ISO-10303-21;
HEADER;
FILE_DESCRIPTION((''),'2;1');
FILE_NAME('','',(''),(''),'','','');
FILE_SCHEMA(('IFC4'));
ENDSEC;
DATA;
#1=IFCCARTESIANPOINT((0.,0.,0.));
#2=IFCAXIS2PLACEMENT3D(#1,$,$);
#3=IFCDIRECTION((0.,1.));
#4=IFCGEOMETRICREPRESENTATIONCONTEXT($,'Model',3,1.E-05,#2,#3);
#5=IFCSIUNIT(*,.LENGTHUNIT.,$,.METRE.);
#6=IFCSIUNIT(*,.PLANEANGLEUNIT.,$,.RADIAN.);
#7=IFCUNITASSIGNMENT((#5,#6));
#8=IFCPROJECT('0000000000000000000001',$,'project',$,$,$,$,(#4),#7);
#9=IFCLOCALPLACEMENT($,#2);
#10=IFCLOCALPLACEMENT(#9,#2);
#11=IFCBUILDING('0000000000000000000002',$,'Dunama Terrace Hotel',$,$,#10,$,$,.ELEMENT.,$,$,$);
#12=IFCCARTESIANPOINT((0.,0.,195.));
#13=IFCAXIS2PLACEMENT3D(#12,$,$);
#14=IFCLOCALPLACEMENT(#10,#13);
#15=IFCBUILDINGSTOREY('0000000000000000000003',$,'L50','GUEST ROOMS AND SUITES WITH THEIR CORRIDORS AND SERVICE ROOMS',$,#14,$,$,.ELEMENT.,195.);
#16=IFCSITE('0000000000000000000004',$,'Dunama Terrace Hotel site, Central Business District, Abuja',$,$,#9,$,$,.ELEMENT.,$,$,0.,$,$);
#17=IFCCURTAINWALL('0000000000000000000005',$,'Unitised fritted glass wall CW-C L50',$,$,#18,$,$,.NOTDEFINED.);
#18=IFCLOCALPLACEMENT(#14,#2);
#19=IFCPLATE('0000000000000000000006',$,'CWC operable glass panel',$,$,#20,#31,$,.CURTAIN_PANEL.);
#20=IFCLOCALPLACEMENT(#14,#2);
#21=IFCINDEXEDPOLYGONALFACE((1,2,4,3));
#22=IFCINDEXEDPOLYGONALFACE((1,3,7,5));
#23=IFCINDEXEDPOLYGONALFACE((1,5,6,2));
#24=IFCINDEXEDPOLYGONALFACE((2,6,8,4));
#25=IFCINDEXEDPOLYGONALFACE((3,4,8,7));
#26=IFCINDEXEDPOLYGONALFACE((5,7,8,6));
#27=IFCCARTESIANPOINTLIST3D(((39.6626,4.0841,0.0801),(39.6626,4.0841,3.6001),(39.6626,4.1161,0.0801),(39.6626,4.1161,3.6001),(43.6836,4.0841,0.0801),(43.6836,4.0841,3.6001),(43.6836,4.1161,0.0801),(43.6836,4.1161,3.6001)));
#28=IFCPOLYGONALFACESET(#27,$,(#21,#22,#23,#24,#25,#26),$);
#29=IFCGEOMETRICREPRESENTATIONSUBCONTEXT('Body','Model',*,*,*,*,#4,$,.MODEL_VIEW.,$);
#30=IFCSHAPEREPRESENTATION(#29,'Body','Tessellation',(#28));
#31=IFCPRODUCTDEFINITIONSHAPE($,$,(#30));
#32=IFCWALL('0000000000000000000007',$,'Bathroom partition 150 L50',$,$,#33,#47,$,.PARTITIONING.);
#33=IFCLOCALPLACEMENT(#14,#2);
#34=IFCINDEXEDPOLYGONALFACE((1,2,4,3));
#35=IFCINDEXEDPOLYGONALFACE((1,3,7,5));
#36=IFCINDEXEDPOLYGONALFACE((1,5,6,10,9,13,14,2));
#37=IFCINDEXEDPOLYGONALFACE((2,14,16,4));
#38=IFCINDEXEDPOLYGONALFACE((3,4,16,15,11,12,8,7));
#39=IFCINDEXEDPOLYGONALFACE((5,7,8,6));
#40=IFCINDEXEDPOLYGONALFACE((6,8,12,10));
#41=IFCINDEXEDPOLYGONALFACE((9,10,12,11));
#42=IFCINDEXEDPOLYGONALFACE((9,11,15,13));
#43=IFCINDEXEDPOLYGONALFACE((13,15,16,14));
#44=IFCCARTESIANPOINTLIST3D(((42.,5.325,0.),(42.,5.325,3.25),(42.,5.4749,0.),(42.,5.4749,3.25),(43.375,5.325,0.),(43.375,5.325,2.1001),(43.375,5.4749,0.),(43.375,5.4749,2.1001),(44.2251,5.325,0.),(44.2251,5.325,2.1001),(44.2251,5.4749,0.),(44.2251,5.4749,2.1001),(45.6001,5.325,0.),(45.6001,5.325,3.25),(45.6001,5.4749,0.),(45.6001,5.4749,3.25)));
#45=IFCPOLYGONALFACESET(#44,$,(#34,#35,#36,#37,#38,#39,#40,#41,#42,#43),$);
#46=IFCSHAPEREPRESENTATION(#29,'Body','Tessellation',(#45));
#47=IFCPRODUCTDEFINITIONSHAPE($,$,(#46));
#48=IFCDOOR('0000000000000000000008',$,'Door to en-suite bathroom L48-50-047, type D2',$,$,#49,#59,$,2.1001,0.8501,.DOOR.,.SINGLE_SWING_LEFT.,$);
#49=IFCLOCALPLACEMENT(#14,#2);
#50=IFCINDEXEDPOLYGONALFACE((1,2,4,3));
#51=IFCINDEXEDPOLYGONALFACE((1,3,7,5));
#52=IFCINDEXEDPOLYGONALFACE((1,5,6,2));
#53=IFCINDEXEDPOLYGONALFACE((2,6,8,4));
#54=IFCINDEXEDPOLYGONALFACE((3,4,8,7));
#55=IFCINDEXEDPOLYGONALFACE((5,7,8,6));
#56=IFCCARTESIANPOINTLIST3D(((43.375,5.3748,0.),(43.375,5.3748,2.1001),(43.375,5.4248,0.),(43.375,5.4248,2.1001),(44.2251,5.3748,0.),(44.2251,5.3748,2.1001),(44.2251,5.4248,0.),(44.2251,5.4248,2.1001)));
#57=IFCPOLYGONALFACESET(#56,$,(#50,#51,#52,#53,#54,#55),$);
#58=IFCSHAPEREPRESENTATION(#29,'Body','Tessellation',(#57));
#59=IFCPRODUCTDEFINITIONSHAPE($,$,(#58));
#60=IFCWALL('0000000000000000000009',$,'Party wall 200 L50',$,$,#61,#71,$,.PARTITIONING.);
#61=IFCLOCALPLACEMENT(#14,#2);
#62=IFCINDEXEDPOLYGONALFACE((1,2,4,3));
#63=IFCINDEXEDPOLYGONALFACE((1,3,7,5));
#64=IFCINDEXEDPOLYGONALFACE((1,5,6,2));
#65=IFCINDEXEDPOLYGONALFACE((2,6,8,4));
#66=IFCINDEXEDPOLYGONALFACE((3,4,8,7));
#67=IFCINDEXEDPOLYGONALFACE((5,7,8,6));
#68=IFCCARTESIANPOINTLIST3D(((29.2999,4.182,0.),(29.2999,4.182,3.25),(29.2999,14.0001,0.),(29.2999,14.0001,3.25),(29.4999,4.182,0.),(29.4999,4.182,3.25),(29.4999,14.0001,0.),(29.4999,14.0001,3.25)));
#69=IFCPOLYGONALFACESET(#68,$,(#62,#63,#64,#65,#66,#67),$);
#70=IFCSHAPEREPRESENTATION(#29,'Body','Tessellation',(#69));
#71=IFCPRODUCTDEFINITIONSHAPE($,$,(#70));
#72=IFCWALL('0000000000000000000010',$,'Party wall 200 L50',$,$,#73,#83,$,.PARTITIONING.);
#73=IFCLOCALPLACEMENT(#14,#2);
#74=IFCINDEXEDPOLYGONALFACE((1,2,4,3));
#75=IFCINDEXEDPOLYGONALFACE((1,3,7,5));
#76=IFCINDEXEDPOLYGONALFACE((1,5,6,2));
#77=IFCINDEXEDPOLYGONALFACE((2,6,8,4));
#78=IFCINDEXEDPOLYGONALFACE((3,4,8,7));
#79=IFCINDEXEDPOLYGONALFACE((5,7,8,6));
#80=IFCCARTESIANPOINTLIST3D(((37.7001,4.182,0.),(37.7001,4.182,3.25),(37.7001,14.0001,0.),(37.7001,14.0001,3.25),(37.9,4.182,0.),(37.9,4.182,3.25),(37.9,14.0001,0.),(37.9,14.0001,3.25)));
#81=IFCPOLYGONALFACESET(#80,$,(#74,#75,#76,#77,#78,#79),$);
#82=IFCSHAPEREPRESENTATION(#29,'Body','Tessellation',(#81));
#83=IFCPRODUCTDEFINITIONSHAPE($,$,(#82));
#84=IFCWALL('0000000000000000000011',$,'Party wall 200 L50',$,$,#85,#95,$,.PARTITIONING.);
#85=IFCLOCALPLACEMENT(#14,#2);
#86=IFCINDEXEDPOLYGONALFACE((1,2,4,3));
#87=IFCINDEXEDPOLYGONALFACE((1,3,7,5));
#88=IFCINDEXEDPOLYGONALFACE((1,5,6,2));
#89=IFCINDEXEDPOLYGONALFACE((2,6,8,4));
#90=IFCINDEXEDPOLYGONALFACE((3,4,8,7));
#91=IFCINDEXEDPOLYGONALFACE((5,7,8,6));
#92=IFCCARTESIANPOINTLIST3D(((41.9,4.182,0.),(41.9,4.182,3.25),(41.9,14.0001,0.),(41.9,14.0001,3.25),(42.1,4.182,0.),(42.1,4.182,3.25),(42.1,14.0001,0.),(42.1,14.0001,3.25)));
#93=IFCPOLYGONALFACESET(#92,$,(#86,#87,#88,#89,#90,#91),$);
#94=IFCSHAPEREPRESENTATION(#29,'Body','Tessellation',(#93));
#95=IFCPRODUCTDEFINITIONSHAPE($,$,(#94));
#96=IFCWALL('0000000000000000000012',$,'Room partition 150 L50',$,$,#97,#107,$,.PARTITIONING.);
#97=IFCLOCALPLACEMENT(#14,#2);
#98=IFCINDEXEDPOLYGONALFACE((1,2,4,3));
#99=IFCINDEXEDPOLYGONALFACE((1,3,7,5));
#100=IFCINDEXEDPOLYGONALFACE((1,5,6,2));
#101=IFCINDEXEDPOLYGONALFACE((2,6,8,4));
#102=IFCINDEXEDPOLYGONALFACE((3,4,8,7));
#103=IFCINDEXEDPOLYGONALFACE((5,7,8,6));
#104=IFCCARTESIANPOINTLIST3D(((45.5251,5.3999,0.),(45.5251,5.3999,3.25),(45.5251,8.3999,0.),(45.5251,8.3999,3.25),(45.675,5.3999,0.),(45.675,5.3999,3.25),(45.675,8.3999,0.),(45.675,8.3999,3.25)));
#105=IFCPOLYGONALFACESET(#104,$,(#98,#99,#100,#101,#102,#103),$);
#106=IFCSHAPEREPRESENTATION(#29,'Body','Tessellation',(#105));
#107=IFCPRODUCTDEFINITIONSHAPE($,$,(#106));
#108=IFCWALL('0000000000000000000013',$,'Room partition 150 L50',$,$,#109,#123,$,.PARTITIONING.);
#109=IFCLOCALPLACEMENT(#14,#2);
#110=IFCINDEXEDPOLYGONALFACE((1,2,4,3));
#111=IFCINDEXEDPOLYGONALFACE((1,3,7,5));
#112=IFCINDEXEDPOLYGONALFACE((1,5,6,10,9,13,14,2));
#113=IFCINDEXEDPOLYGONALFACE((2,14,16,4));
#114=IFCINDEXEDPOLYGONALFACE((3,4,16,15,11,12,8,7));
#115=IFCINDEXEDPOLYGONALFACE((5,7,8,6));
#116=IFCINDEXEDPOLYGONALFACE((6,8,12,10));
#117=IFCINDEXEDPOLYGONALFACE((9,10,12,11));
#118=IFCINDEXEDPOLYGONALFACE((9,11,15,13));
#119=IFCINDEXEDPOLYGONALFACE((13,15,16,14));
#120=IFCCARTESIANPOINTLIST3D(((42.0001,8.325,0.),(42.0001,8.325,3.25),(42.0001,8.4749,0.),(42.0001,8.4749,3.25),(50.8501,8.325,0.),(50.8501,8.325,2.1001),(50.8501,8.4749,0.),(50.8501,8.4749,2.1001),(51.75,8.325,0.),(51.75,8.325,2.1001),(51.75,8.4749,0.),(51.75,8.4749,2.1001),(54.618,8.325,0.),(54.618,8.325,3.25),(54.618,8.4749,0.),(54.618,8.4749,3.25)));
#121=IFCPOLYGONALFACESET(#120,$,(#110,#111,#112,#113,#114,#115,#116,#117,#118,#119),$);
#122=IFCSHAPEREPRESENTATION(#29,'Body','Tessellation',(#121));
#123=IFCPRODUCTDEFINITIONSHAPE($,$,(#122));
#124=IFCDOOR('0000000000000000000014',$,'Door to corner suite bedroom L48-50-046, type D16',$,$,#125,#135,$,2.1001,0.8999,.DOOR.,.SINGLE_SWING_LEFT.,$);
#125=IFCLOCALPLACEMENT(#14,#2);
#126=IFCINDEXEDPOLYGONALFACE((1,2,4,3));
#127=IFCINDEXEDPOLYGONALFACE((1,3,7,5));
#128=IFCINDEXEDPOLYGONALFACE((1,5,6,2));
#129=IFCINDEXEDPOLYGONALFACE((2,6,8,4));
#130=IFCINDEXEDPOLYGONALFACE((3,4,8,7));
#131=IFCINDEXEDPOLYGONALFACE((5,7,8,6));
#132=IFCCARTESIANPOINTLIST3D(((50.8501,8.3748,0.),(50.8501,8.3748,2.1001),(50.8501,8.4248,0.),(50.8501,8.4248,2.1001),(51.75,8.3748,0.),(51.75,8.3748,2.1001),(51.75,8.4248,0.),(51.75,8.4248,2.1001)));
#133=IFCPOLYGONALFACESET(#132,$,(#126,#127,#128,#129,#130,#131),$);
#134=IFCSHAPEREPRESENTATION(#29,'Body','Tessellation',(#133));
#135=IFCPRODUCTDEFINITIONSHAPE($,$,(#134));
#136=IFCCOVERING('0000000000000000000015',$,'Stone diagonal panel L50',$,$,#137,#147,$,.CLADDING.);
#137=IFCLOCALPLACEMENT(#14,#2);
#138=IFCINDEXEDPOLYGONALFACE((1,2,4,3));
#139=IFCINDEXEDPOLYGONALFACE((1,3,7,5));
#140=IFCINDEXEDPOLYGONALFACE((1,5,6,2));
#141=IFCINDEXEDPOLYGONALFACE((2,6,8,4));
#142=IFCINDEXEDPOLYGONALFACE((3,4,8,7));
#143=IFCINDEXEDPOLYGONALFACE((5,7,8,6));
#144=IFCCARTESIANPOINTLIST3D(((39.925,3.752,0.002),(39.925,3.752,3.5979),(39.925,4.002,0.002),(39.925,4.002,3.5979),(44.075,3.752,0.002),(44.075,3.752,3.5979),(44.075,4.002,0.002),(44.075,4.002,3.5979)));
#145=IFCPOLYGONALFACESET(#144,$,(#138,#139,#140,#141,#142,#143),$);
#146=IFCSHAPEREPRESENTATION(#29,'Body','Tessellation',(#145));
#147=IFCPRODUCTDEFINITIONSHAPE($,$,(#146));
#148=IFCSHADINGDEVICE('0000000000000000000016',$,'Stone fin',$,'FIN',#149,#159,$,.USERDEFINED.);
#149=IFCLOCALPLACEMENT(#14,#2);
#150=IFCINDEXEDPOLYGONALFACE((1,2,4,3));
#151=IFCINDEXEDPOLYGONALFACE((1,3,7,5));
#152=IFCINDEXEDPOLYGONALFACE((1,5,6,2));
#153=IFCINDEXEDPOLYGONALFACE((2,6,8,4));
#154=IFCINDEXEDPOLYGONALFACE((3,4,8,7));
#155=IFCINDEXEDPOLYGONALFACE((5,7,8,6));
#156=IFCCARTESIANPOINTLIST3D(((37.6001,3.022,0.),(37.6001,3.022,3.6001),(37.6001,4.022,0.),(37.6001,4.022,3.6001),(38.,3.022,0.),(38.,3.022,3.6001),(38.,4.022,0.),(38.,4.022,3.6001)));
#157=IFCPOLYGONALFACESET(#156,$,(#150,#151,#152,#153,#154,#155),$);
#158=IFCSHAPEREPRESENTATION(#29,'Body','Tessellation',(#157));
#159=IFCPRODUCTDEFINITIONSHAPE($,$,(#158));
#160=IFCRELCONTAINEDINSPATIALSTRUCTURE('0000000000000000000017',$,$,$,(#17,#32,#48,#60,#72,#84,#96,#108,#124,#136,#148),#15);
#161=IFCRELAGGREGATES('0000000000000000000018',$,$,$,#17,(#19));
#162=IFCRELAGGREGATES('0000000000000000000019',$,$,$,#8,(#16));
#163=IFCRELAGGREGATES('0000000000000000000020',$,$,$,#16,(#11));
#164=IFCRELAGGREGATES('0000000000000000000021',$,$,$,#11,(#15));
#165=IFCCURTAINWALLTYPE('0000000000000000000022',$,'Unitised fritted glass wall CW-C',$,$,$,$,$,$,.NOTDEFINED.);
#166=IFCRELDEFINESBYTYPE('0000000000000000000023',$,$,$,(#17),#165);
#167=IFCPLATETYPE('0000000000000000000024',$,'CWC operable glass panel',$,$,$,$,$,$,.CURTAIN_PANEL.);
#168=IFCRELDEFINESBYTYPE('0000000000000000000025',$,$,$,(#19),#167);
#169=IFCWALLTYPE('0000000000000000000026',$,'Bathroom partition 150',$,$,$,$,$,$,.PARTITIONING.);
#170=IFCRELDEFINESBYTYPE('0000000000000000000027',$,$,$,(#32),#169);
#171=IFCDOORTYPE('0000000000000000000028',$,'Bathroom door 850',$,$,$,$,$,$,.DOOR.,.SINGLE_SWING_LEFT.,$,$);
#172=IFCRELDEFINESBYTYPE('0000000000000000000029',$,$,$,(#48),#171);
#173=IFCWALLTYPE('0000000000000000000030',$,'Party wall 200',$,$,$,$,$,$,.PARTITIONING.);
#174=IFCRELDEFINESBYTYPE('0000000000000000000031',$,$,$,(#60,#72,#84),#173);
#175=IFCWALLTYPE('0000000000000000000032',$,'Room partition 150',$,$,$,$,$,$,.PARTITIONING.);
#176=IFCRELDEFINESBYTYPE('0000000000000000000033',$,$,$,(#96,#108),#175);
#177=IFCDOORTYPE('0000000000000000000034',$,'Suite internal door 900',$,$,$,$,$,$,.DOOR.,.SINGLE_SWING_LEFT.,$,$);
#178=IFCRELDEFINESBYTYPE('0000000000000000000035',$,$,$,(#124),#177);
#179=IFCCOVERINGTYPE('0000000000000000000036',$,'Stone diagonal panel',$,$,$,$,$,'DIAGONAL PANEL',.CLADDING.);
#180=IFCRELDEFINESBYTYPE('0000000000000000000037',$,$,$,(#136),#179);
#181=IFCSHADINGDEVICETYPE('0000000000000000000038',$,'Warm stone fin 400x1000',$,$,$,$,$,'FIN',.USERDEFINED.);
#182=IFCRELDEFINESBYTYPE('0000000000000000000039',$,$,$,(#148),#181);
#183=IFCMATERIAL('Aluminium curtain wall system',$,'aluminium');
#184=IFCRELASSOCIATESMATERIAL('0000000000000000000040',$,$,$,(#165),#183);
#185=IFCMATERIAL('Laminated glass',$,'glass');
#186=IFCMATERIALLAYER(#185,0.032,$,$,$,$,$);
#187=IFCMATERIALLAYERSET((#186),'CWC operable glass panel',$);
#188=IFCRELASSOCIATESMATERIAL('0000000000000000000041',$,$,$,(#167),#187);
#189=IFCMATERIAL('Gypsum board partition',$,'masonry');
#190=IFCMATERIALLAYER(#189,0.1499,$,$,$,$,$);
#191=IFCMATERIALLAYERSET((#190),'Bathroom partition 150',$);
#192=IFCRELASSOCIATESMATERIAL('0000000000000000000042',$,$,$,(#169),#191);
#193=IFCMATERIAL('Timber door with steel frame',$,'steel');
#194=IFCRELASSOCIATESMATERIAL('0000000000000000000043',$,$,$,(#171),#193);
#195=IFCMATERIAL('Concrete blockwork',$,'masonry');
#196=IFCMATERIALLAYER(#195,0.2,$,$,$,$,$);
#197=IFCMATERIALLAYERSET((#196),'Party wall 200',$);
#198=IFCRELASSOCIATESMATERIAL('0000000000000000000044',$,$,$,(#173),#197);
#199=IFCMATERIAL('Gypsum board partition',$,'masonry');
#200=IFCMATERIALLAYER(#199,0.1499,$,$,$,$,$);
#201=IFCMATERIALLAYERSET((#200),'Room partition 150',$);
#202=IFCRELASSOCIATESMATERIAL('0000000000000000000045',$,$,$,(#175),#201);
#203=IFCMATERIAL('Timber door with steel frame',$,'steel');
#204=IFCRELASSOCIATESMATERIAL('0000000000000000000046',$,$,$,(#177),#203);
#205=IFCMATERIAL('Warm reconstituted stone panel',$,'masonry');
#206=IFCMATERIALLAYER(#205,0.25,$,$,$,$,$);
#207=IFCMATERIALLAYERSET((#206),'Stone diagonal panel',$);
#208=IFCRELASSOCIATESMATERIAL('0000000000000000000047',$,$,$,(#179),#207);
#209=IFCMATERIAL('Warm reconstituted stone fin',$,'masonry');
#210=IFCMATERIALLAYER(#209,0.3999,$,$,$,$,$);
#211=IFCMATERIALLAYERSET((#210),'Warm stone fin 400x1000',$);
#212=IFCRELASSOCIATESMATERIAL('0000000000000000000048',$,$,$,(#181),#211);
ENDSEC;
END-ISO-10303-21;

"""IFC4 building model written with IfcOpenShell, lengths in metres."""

from ifc_helpers import new_model, si_unit, direction, frame, frame_2d, origin, origin_2d, place, context, subcontext, project, spatial, rectangle, extrude, material, layer, layer_set, type_object, element, fill, aggregate, save


model = new_model("IFC4")

# Units and contexts
model_context = context("Model", 3, precision=1e-05, world=origin(), true_north=direction((0.0, 1.0)))
body_context = subcontext(model_context, "Body", "Model", "MODEL_VIEW")
ifc_project = project(units=[si_unit("LENGTHUNIT", "METRE"), si_unit("PLANEANGLEUNIT", "RADIAN")], contexts=[model_context])

# Site, building, storey
site_placement = place(None, origin())
site = spatial("IfcSite", under=ifc_project, at=site_placement, Name="Dunama Terrace Hotel site, Central Business District, Abuja", CompositionType="ELEMENT", RefElevation=0.0)
building_placement = place(site_placement, origin())
building = spatial("IfcBuilding", under=site, at=building_placement, Name="Dunama Terrace Hotel", CompositionType="ELEMENT")
storey_placement = place(building_placement, frame((0.0, 0.0, 195.0)))
storey = spatial("IfcBuildingStorey", under=building, at=storey_placement, Name="L50", Description="GUEST ROOMS AND SUITES WITH THEIR CORRIDORS AND SERVICE ROOMS", CompositionType="ELEMENT", Elevation=195.0)

# Curtain wall
ifc_material_1 = material(Name="Aluminium curtain wall system", Category="aluminium")
curtain_wall_type = type_object("IfcCurtainWallType", Name="Unitised fritted glass wall CW-C", PredefinedType="NOTDEFINED", material=ifc_material_1)
curtain_wall_placement = place(storey_placement, origin())
curtain_wall = element("IfcCurtainWall", 1, at=curtain_wall_placement, inside=storey, type_object=curtain_wall_type, Name="Unitised fritted glass wall CW-C L50", PredefinedType="NOTDEFINED")

# Plate
ifc_material_2 = material(Name="Laminated glass", Category="glass")
ifc_layer_1 = layer(ifc_material_2, 0.032)
ifc_layer_set_1 = layer_set([ifc_layer_1], Name="CWC operable glass panel")
plate_type_1 = type_object("IfcPlateType", Name="CWC operable glass panel", PredefinedType="CURTAIN_PANEL", material=ifc_layer_set_1)
plate_1_placement = place(storey_placement, frame((41.6731, 4.1001, 0.0801), z_axis=(0.0, 0.0, 1.0), x_axis=(1.0, 0.0, 0.0)))
plate_1 = element("IfcPlate", 2, at=plate_1_placement, type_object=plate_type_1, Name="CWC operable glass panel", PredefinedType="CURTAIN_PANEL", context=body_context, shape_type="SweptSolid", body=[
    extrude(rectangle(XDim=4.021, YDim=0.032, at=origin_2d()), origin(), (0.0, 0.0, 1.0), 3.52),
])
aggregate(curtain_wall, [plate_1])

# Wall, opening, door
ifc_material_3 = material(Name="Gypsum board partition", Category="masonry")
ifc_layer_2 = layer(ifc_material_3, 0.1499)
ifc_layer_set_2 = layer_set([ifc_layer_2], Name="Bathroom partition 150")
wall_type_1 = type_object("IfcWallType", Name="Bathroom partition 150", PredefinedType="PARTITIONING", material=ifc_layer_set_2)
wall_1_placement = place(storey_placement, frame((42.0, 5.3999, 0.0), z_axis=(0.0, 0.0, 1.0), x_axis=(1.0, 0.0, 0.0)))
wall_1 = element("IfcWall", 3, at=wall_1_placement, inside=storey, type_object=wall_type_1, Name="Bathroom partition 150 L50", PredefinedType="PARTITIONING", context=body_context, shape_type="SweptSolid", body=[
    extrude(rectangle(XDim=3.6001, YDim=0.1499, at=frame_2d((1.8, 0.0))), origin(), (0.0, 0.0, 1.0), 3.25),
])
opening_1_placement = place(wall_1_placement, frame((1.375, 0.0, 0.0)))
opening_1 = element("IfcOpeningElement", 4, at=opening_1_placement, cuts=wall_1, PredefinedType="OPENING", context=body_context, shape_type="SweptSolid", body=[
    extrude(rectangle(XDim=0.8501, YDim=2.1001, at=frame_2d((0.425, 1.05))), frame((0.0, 0.085, 0.0), z_axis=(0.0, -1.0, 0.0), x_axis=(1.0, 0.0, 0.0)), (0.0, 0.0, 1.0), 0.1699),
])
ifc_material_4 = material(Name="Timber door with steel frame", Category="steel")
door_type_1 = type_object("IfcDoorType", Name="Bathroom door 850", OperationType="SINGLE_SWING_LEFT", PredefinedType="DOOR", material=ifc_material_4)
door_1_placement = place(opening_1_placement, origin())
door_1 = element("IfcDoor", 5, at=door_1_placement, inside=storey, type_object=door_type_1, Name="Door to en-suite bathroom L48-50-047, type D2", OperationType="SINGLE_SWING_LEFT", OverallHeight=2.1001, OverallWidth=0.8501, PredefinedType="DOOR", context=body_context, shape_type="SweptSolid", body=[
    extrude(rectangle(XDim=0.8501, YDim=2.1001, at=frame_2d((0.425, 1.05))), frame((0.0, 0.0249, 0.0), z_axis=(0.0, -1.0, 0.0), x_axis=(1.0, 0.0, 0.0)), (0.0, 0.0, 1.0), 0.05),
])
fill(opening_1, door_1)

# Walls
ifc_material_5 = material(Name="Concrete blockwork", Category="masonry")
ifc_layer_3 = layer(ifc_material_5, 0.2)
ifc_layer_set_3 = layer_set([ifc_layer_3], Name="Party wall 200")
wall_type_2 = type_object("IfcWallType", Name="Party wall 200", PredefinedType="PARTITIONING", material=ifc_layer_set_3)
for number, where, z_axis, x_axis, name in (
    (6, (29.3999, 4.1819, 0.0), (0.0, 0.0, 1.0), (0.0, 1.0, 0.0), "Party wall 200 L50"),
    (7, (37.8, 4.1819, 0.0), (0.0, 0.0, 1.0), (0.0, 1.0, 0.0), "Party wall 200 L50"),
    (8, (42.0, 4.1819, 0.0), (0.0, 0.0, 1.0), (0.0, 1.0, 0.0), "Party wall 200 L50"),
):
    element("IfcWall", number, at=place(storey_placement, frame(where, z_axis=z_axis, x_axis=x_axis)), inside=storey, type_object=wall_type_2, Name=name, PredefinedType="PARTITIONING", context=body_context, shape_type="SweptSolid", body=[
        extrude(rectangle(XDim=9.8181, YDim=0.2, at=frame_2d((4.9092, 0.0))), origin(), (0.0, 0.0, 1.0), 3.25),
    ])
ifc_material_6 = material(Name="Gypsum board partition", Category="masonry")
ifc_layer_4 = layer(ifc_material_6, 0.1499)
ifc_layer_set_4 = layer_set([ifc_layer_4], Name="Room partition 150")
wall_type_3 = type_object("IfcWallType", Name="Room partition 150", PredefinedType="PARTITIONING", material=ifc_layer_set_4)
wall_2_placement = place(storey_placement, frame((45.6001, 5.3999, 0.0), z_axis=(0.0, 0.0, 1.0), x_axis=(0.0, 1.0, 0.0)))
element("IfcWall", 9, at=wall_2_placement, inside=storey, type_object=wall_type_3, Name="Room partition 150 L50", PredefinedType="PARTITIONING", context=body_context, shape_type="SweptSolid", body=[
    extrude(rectangle(XDim=3.0, YDim=0.1499, at=frame_2d((1.5, 0.0))), origin(), (0.0, 0.0, 1.0), 3.25),
])

# Wall, opening, door
wall_3_placement = place(storey_placement, frame((42.0, 8.3999, 0.0), z_axis=(0.0, 0.0, 1.0), x_axis=(1.0, 0.0, 0.0)))
wall_3 = element("IfcWall", 10, at=wall_3_placement, inside=storey, type_object=wall_type_3, Name="Room partition 150 L50", PredefinedType="PARTITIONING", context=body_context, shape_type="SweptSolid", body=[
    extrude(rectangle(XDim=12.6179, YDim=0.1499, at=frame_2d((6.3091, 0.0))), origin(), (0.0, 0.0, 1.0), 3.25),
])
opening_2_placement = place(wall_3_placement, frame((8.8501, 0.0, 0.0)))
opening_2 = element("IfcOpeningElement", 11, at=opening_2_placement, cuts=wall_3, PredefinedType="OPENING", context=body_context, shape_type="SweptSolid", body=[
    extrude(rectangle(XDim=0.8999, YDim=2.1001, at=frame_2d((0.45, 1.05))), frame((0.0, 0.085, 0.0), z_axis=(0.0, -1.0, 0.0), x_axis=(1.0, 0.0, 0.0)), (0.0, 0.0, 1.0), 0.1699),
])
ifc_material_7 = material(Name="Timber door with steel frame", Category="steel")
door_type_2 = type_object("IfcDoorType", Name="Suite internal door 900", OperationType="SINGLE_SWING_LEFT", PredefinedType="DOOR", material=ifc_material_7)
door_2_placement = place(opening_2_placement, frame((0.8999, 0.0, 0.0), z_axis=(0.0, 0.0, 1.0), x_axis=(-1.0, 0.0, 0.0)))
door_2 = element("IfcDoor", 12, at=door_2_placement, inside=storey, type_object=door_type_2, Name="Door to corner suite bedroom L48-50-046, type D16", OperationType="SINGLE_SWING_LEFT", OverallHeight=2.1001, OverallWidth=0.8999, PredefinedType="DOOR", context=body_context, shape_type="SweptSolid", body=[
    extrude(rectangle(XDim=0.8999, YDim=2.1001, at=frame_2d((0.45, 1.05))), frame((0.0, 0.0251, 0.0), z_axis=(0.0, -1.0, 0.0), x_axis=(1.0, 0.0, 0.0)), (0.0, 0.0, 1.0), 0.05),
])
fill(opening_2, door_2)

# Covering
ifc_material_8 = material(Name="Warm reconstituted stone panel", Category="masonry")
ifc_layer_5 = layer(ifc_material_8, 0.25)
ifc_layer_set_5 = layer_set([ifc_layer_5], Name="Stone diagonal panel")
covering_type = type_object("IfcCoveringType", Name="Stone diagonal panel", ElementType="DIAGONAL PANEL", PredefinedType="CLADDING", material=ifc_layer_set_5)
covering_placement = place(storey_placement, frame((42.0, 3.877, 0.002), z_axis=(0.0, 0.0, 1.0), x_axis=(1.0, 0.0, 0.0)))
element("IfcCovering", 13, at=covering_placement, inside=storey, type_object=covering_type, Name="Stone diagonal panel L50", PredefinedType="CLADDING", context=body_context, shape_type="SweptSolid", body=[
    extrude(rectangle(XDim=4.1499, YDim=0.25, at=origin_2d()), origin(), (0.0, 0.0, 1.0), 3.5959),
])

# Shading device
ifc_material_9 = material(Name="Warm reconstituted stone fin", Category="masonry")
ifc_layer_6 = layer(ifc_material_9, 0.3999)
ifc_layer_set_6 = layer_set([ifc_layer_6], Name="Warm stone fin 400x1000")
shading_device_type = type_object("IfcShadingDeviceType", Name="Warm stone fin 400x1000", ElementType="FIN", PredefinedType="USERDEFINED", material=ifc_layer_set_6)
shading_device_placement = place(storey_placement, frame((37.8, 3.522, 0.0), z_axis=(0.0, 0.0, 1.0), x_axis=(1.0, 0.0, 0.0)))
element("IfcShadingDevice", 14, at=shading_device_placement, inside=storey, type_object=shading_device_type, Name="Stone fin", ObjectType="FIN", PredefinedType="USERDEFINED", context=body_context, shape_type="SweptSolid", body=[
    extrude(rectangle(XDim=0.3999, YDim=1.0, at=origin_2d()), origin(), (0.0, 0.0, 1.0), 3.6001),
])

save(model, "model.ifc")
